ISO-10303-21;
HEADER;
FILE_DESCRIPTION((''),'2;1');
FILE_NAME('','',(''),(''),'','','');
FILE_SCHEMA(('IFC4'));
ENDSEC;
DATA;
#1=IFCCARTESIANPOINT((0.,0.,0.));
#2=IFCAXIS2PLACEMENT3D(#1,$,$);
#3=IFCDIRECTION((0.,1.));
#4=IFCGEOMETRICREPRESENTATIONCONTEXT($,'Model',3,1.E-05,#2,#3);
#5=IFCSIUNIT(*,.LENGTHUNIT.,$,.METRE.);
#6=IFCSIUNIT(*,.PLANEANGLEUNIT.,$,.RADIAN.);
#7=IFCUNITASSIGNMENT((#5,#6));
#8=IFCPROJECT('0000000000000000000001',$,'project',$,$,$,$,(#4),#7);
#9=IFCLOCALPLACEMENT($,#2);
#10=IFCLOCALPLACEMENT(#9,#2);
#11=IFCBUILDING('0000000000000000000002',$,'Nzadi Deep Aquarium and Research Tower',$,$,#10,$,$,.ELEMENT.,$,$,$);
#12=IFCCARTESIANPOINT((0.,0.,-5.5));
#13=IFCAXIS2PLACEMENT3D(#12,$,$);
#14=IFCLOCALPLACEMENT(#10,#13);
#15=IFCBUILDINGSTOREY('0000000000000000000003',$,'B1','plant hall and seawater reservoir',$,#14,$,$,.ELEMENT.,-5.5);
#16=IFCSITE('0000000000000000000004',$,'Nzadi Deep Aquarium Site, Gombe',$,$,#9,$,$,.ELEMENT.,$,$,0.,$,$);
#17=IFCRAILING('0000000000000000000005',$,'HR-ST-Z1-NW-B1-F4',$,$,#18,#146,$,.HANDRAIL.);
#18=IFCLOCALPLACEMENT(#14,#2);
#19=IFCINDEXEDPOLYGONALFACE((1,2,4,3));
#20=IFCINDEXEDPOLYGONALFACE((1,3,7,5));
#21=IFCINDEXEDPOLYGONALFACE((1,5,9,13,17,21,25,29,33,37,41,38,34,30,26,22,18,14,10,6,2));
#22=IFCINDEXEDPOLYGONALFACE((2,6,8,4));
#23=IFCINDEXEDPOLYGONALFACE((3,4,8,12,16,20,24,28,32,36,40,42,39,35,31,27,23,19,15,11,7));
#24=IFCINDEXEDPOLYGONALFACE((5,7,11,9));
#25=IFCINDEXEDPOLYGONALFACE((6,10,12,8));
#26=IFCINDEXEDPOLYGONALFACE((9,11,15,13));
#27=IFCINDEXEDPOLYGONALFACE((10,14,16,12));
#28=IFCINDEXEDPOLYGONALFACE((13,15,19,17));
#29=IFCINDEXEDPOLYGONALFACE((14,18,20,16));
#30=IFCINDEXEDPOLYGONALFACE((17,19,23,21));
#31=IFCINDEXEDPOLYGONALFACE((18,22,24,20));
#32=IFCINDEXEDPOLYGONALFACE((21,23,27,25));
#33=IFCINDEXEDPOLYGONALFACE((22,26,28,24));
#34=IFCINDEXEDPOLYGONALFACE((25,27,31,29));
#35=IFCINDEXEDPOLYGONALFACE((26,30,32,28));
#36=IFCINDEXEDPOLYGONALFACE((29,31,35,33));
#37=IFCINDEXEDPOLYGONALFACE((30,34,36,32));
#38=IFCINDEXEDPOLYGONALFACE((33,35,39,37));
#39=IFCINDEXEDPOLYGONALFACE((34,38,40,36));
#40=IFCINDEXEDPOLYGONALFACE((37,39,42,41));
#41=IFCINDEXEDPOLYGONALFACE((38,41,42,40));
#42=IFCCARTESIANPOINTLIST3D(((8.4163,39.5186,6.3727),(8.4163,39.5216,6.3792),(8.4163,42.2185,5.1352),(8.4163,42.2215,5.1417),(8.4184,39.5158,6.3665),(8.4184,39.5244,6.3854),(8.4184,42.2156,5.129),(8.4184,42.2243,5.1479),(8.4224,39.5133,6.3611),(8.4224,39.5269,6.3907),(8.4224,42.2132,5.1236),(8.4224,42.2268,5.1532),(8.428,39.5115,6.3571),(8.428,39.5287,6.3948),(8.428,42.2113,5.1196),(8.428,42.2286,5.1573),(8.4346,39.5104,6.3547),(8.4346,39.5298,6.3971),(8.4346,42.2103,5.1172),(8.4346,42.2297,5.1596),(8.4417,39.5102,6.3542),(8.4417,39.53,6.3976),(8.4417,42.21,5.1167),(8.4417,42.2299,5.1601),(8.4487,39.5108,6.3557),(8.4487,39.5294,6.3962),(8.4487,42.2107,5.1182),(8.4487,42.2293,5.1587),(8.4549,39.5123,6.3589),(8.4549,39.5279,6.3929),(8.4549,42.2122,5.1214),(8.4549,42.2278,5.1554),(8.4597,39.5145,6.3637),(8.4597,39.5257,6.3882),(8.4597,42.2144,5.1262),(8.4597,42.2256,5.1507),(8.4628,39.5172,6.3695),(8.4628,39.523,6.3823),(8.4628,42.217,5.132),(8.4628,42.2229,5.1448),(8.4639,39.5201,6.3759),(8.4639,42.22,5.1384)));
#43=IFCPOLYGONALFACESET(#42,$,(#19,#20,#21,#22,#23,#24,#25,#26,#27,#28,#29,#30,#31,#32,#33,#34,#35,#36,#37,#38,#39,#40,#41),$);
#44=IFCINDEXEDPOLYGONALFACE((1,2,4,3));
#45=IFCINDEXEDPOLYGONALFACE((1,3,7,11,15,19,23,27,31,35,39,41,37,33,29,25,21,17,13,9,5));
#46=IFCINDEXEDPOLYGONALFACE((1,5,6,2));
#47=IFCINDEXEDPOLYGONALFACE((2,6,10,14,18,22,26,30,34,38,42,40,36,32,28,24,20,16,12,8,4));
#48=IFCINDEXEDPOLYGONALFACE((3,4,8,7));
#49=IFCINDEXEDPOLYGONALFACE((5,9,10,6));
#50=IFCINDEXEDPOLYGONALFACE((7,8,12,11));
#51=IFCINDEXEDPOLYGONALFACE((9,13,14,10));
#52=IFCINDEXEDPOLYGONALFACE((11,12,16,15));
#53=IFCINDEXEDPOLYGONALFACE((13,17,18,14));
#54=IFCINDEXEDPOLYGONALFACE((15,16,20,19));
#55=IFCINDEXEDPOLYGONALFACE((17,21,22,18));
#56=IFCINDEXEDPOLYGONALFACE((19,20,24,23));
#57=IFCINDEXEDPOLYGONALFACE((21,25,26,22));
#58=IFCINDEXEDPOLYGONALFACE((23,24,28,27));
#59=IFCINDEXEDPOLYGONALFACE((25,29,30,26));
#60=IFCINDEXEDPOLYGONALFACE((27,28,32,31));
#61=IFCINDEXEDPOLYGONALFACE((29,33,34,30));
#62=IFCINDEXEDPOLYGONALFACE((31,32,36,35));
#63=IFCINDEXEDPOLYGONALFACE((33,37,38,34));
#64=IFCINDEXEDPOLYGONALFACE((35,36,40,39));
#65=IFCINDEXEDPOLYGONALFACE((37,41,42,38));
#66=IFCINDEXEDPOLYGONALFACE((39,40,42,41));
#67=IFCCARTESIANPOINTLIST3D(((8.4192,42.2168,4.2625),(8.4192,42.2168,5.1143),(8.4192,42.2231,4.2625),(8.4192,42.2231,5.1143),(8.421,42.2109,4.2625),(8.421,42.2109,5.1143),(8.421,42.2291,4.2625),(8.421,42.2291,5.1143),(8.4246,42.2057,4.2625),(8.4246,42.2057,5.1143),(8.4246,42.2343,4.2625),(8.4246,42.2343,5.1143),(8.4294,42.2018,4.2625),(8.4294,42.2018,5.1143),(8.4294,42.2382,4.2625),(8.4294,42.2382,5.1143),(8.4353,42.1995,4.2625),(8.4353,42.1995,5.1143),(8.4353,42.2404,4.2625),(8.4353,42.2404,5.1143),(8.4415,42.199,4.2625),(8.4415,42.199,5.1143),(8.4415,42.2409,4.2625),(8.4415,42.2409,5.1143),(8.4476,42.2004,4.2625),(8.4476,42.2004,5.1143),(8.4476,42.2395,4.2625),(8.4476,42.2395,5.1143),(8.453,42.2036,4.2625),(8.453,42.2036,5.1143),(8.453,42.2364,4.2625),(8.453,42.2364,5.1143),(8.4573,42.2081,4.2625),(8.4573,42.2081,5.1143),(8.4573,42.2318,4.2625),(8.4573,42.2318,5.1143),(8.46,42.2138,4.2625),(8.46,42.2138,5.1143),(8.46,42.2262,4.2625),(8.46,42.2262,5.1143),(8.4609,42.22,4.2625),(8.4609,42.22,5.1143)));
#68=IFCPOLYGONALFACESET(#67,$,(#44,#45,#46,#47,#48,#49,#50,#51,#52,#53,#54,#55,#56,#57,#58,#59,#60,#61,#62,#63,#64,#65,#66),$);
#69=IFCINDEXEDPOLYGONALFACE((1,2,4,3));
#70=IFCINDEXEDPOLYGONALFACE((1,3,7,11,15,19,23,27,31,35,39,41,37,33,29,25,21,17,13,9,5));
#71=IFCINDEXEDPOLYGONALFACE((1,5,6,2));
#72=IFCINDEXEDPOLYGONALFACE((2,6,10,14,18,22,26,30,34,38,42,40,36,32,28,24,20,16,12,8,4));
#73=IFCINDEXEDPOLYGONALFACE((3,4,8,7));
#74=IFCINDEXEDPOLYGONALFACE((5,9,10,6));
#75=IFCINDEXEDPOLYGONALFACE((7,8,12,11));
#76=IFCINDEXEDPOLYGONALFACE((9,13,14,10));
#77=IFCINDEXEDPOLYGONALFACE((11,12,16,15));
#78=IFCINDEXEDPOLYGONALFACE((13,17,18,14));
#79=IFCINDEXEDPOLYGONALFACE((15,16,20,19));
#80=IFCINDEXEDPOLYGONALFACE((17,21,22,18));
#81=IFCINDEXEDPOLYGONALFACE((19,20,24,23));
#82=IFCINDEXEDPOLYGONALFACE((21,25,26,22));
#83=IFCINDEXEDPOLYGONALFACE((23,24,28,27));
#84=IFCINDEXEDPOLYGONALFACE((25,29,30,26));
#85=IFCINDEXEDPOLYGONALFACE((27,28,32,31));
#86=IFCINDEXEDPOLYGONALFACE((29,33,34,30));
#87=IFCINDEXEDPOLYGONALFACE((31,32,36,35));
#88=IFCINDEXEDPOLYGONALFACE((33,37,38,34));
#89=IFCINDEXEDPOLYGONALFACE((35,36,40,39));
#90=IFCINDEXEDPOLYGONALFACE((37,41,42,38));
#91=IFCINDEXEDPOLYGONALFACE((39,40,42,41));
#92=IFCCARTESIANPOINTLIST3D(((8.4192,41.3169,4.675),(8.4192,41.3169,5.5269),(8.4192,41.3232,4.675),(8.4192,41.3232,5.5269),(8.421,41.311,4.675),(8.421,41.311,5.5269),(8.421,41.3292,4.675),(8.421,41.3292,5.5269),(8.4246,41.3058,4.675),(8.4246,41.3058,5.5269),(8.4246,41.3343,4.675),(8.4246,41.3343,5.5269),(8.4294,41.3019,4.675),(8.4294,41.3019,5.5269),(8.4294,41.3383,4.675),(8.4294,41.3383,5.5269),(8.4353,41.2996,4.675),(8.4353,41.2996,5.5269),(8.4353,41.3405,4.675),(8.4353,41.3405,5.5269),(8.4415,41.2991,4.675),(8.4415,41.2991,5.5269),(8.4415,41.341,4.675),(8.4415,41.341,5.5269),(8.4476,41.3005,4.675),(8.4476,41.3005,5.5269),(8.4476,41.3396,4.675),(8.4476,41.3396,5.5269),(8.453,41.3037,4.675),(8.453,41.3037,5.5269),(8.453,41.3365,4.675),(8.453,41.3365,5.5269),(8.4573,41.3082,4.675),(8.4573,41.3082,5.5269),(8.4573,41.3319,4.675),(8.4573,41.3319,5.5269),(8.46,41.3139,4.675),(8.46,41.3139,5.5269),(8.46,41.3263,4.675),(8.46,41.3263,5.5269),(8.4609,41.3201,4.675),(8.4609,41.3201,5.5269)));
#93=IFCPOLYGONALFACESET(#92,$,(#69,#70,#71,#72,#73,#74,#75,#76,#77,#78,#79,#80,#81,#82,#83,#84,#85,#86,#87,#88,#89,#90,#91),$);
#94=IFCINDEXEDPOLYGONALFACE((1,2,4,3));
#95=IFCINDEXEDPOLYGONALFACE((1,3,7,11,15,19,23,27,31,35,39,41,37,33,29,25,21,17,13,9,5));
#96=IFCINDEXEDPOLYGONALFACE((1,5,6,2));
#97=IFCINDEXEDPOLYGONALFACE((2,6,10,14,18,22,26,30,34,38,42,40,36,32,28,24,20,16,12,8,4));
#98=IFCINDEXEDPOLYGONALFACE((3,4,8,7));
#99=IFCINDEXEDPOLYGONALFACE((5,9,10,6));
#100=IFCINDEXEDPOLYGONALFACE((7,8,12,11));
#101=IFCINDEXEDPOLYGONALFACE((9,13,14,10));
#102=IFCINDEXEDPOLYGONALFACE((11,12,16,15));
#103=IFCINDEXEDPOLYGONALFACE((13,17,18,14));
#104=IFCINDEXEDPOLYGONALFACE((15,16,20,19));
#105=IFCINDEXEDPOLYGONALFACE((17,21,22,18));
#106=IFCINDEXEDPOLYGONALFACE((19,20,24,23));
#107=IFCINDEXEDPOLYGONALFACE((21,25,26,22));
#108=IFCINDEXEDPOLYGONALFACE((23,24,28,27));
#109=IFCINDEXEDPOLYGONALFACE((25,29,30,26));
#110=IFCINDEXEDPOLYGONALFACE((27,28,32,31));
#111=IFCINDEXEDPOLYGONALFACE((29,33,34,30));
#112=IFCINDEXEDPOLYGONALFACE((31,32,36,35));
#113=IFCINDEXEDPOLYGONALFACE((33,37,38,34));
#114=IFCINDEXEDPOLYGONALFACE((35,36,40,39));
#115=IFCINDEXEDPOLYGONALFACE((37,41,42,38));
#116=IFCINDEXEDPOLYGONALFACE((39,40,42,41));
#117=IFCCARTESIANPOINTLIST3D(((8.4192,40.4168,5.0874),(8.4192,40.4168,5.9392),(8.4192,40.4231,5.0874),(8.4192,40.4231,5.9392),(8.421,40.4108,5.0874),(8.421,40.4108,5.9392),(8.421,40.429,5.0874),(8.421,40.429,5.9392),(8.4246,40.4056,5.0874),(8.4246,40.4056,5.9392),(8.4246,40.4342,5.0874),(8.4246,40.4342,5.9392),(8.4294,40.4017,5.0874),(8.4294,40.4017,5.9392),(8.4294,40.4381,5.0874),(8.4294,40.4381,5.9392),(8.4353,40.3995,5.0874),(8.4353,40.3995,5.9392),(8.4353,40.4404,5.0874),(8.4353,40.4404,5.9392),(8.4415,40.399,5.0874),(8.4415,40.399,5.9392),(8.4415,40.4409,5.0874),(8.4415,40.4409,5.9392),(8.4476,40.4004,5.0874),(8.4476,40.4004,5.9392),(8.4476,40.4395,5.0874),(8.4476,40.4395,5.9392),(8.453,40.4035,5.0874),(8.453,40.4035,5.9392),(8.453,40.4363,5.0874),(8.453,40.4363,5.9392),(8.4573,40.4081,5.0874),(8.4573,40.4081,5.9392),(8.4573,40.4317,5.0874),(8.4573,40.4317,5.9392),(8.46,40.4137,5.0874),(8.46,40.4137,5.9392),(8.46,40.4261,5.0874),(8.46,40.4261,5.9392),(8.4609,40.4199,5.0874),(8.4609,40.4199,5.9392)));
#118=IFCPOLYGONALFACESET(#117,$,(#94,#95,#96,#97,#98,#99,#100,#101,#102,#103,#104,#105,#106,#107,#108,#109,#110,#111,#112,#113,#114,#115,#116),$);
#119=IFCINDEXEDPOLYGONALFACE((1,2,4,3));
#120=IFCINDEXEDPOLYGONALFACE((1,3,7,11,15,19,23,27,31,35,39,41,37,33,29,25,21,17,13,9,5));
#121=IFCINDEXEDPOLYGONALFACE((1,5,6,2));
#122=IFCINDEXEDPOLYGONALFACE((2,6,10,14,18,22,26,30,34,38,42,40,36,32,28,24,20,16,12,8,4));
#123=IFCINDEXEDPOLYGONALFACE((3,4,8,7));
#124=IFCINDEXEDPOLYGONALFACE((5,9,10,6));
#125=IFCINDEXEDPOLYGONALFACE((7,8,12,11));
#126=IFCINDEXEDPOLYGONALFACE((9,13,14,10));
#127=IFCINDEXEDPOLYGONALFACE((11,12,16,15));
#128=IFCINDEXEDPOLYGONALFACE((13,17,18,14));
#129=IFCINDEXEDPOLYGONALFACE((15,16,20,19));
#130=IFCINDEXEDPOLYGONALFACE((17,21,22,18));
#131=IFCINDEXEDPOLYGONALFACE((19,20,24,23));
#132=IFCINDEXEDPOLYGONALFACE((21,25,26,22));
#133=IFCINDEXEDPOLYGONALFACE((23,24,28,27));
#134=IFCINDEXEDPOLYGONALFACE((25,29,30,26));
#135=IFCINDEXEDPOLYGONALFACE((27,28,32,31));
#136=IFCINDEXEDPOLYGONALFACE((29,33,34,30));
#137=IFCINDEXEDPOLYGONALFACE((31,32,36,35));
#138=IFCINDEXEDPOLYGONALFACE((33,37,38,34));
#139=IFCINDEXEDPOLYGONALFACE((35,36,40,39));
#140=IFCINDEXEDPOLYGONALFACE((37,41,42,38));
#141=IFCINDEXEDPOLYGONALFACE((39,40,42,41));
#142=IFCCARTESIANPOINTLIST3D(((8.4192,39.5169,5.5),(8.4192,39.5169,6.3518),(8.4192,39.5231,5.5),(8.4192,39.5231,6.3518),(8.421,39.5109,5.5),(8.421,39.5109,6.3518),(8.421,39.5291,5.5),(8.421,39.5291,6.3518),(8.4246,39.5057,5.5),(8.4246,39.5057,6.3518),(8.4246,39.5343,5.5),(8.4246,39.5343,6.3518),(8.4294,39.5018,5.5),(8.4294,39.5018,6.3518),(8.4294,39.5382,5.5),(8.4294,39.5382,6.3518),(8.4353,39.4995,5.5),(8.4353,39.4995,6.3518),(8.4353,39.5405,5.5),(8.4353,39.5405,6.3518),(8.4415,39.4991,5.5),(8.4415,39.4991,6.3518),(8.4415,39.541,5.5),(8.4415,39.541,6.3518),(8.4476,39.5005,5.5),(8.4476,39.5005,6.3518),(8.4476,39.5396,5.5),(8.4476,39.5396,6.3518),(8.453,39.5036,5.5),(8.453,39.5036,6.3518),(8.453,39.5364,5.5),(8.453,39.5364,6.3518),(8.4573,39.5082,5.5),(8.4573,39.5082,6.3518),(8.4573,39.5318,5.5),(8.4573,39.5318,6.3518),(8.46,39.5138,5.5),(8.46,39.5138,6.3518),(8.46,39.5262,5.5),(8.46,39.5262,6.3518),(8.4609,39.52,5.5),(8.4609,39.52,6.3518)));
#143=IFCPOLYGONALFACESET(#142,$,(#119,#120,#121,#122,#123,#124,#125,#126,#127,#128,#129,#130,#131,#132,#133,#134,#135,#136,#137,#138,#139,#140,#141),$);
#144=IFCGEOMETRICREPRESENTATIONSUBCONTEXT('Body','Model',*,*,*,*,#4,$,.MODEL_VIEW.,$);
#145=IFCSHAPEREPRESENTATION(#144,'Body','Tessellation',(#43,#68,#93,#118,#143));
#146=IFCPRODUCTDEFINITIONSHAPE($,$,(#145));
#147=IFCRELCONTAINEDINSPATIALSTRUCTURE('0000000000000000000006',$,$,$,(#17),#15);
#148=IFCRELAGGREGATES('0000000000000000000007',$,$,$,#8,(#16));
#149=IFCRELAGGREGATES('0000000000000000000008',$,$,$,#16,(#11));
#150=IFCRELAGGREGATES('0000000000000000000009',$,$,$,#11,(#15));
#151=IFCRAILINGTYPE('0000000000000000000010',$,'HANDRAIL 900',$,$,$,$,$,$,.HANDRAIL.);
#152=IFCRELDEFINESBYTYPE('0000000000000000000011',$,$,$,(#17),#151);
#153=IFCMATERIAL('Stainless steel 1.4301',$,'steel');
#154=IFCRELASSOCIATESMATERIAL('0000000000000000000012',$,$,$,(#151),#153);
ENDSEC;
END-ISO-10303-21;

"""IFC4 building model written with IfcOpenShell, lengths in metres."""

from ifc_helpers import new_model, si_unit, direction, frame, origin, origin_2d, place, context, subcontext, project, spatial, circle, extrude, material, type_object, element, save


model = new_model("IFC4")

# Units and contexts
model_context = context("Model", 3, precision=1e-05, world=origin(), true_north=direction((0.0, 1.0)))
body_context = subcontext(model_context, "Body", "Model", "MODEL_VIEW")
ifc_project = project(units=[si_unit("LENGTHUNIT", "METRE"), si_unit("PLANEANGLEUNIT", "RADIAN")], contexts=[model_context])

# Site, building, storey
site_placement = place(None, origin())
site = spatial("IfcSite", under=ifc_project, at=site_placement, Name="Nzadi Deep Aquarium Site, Gombe", CompositionType="ELEMENT", RefElevation=0.0)
building_placement = place(site_placement, origin())
building = spatial("IfcBuilding", under=site, at=building_placement, Name="Nzadi Deep Aquarium and Research Tower", CompositionType="ELEMENT")
storey_placement = place(building_placement, frame((0.0, 0.0, -5.5)))
storey = spatial("IfcBuildingStorey", under=building, at=storey_placement, Name="B1", Description="plant hall and seawater reservoir", CompositionType="ELEMENT", Elevation=-5.5)

# Railing
ifc_material_1 = material(Name="Stainless steel 1.4301", Category="steel")
railing_type = type_object("IfcRailingType", Name="HANDRAIL 900", PredefinedType="HANDRAIL", material=ifc_material_1)
for number, where, name in (
    (1, (8.4399, 42.22, 4.2625), "HR-ST-Z1-NW-B1-F4"),
):
    element("IfcRailing", number, at=place(storey_placement, frame(where)), inside=storey, type_object=railing_type, Name=name, PredefinedType="HANDRAIL", context=body_context, shape_type="SweptSolid", body=[
        extrude(circle(Radius=0.0239, at=origin_2d()), frame((0.0, 0.0, 0.876), z_axis=(0.0, -0.909056, 0.416675), x_axis=(1.0, 0.0, 0.0)), (0.0, 0.0, 1.0), 2.97),
        extrude(circle(Radius=0.021, at=origin_2d()), origin(), (0.0, 0.0, 1.0), 0.8518),
        extrude(circle(Radius=0.021, at=origin_2d()), frame((0.0, -0.8999, 0.4126)), (0.0, 0.0, 1.0), 0.8518),
        extrude(circle(Radius=0.021, at=origin_2d()), frame((0.0, -1.8, 0.825)), (0.0, 0.0, 1.0), 0.8518),
        extrude(circle(Radius=0.021, at=origin_2d()), frame((0.0, -2.7, 1.2375)), (0.0, 0.0, 1.0), 0.8518),
    ])

save(model, "model.ifc")
